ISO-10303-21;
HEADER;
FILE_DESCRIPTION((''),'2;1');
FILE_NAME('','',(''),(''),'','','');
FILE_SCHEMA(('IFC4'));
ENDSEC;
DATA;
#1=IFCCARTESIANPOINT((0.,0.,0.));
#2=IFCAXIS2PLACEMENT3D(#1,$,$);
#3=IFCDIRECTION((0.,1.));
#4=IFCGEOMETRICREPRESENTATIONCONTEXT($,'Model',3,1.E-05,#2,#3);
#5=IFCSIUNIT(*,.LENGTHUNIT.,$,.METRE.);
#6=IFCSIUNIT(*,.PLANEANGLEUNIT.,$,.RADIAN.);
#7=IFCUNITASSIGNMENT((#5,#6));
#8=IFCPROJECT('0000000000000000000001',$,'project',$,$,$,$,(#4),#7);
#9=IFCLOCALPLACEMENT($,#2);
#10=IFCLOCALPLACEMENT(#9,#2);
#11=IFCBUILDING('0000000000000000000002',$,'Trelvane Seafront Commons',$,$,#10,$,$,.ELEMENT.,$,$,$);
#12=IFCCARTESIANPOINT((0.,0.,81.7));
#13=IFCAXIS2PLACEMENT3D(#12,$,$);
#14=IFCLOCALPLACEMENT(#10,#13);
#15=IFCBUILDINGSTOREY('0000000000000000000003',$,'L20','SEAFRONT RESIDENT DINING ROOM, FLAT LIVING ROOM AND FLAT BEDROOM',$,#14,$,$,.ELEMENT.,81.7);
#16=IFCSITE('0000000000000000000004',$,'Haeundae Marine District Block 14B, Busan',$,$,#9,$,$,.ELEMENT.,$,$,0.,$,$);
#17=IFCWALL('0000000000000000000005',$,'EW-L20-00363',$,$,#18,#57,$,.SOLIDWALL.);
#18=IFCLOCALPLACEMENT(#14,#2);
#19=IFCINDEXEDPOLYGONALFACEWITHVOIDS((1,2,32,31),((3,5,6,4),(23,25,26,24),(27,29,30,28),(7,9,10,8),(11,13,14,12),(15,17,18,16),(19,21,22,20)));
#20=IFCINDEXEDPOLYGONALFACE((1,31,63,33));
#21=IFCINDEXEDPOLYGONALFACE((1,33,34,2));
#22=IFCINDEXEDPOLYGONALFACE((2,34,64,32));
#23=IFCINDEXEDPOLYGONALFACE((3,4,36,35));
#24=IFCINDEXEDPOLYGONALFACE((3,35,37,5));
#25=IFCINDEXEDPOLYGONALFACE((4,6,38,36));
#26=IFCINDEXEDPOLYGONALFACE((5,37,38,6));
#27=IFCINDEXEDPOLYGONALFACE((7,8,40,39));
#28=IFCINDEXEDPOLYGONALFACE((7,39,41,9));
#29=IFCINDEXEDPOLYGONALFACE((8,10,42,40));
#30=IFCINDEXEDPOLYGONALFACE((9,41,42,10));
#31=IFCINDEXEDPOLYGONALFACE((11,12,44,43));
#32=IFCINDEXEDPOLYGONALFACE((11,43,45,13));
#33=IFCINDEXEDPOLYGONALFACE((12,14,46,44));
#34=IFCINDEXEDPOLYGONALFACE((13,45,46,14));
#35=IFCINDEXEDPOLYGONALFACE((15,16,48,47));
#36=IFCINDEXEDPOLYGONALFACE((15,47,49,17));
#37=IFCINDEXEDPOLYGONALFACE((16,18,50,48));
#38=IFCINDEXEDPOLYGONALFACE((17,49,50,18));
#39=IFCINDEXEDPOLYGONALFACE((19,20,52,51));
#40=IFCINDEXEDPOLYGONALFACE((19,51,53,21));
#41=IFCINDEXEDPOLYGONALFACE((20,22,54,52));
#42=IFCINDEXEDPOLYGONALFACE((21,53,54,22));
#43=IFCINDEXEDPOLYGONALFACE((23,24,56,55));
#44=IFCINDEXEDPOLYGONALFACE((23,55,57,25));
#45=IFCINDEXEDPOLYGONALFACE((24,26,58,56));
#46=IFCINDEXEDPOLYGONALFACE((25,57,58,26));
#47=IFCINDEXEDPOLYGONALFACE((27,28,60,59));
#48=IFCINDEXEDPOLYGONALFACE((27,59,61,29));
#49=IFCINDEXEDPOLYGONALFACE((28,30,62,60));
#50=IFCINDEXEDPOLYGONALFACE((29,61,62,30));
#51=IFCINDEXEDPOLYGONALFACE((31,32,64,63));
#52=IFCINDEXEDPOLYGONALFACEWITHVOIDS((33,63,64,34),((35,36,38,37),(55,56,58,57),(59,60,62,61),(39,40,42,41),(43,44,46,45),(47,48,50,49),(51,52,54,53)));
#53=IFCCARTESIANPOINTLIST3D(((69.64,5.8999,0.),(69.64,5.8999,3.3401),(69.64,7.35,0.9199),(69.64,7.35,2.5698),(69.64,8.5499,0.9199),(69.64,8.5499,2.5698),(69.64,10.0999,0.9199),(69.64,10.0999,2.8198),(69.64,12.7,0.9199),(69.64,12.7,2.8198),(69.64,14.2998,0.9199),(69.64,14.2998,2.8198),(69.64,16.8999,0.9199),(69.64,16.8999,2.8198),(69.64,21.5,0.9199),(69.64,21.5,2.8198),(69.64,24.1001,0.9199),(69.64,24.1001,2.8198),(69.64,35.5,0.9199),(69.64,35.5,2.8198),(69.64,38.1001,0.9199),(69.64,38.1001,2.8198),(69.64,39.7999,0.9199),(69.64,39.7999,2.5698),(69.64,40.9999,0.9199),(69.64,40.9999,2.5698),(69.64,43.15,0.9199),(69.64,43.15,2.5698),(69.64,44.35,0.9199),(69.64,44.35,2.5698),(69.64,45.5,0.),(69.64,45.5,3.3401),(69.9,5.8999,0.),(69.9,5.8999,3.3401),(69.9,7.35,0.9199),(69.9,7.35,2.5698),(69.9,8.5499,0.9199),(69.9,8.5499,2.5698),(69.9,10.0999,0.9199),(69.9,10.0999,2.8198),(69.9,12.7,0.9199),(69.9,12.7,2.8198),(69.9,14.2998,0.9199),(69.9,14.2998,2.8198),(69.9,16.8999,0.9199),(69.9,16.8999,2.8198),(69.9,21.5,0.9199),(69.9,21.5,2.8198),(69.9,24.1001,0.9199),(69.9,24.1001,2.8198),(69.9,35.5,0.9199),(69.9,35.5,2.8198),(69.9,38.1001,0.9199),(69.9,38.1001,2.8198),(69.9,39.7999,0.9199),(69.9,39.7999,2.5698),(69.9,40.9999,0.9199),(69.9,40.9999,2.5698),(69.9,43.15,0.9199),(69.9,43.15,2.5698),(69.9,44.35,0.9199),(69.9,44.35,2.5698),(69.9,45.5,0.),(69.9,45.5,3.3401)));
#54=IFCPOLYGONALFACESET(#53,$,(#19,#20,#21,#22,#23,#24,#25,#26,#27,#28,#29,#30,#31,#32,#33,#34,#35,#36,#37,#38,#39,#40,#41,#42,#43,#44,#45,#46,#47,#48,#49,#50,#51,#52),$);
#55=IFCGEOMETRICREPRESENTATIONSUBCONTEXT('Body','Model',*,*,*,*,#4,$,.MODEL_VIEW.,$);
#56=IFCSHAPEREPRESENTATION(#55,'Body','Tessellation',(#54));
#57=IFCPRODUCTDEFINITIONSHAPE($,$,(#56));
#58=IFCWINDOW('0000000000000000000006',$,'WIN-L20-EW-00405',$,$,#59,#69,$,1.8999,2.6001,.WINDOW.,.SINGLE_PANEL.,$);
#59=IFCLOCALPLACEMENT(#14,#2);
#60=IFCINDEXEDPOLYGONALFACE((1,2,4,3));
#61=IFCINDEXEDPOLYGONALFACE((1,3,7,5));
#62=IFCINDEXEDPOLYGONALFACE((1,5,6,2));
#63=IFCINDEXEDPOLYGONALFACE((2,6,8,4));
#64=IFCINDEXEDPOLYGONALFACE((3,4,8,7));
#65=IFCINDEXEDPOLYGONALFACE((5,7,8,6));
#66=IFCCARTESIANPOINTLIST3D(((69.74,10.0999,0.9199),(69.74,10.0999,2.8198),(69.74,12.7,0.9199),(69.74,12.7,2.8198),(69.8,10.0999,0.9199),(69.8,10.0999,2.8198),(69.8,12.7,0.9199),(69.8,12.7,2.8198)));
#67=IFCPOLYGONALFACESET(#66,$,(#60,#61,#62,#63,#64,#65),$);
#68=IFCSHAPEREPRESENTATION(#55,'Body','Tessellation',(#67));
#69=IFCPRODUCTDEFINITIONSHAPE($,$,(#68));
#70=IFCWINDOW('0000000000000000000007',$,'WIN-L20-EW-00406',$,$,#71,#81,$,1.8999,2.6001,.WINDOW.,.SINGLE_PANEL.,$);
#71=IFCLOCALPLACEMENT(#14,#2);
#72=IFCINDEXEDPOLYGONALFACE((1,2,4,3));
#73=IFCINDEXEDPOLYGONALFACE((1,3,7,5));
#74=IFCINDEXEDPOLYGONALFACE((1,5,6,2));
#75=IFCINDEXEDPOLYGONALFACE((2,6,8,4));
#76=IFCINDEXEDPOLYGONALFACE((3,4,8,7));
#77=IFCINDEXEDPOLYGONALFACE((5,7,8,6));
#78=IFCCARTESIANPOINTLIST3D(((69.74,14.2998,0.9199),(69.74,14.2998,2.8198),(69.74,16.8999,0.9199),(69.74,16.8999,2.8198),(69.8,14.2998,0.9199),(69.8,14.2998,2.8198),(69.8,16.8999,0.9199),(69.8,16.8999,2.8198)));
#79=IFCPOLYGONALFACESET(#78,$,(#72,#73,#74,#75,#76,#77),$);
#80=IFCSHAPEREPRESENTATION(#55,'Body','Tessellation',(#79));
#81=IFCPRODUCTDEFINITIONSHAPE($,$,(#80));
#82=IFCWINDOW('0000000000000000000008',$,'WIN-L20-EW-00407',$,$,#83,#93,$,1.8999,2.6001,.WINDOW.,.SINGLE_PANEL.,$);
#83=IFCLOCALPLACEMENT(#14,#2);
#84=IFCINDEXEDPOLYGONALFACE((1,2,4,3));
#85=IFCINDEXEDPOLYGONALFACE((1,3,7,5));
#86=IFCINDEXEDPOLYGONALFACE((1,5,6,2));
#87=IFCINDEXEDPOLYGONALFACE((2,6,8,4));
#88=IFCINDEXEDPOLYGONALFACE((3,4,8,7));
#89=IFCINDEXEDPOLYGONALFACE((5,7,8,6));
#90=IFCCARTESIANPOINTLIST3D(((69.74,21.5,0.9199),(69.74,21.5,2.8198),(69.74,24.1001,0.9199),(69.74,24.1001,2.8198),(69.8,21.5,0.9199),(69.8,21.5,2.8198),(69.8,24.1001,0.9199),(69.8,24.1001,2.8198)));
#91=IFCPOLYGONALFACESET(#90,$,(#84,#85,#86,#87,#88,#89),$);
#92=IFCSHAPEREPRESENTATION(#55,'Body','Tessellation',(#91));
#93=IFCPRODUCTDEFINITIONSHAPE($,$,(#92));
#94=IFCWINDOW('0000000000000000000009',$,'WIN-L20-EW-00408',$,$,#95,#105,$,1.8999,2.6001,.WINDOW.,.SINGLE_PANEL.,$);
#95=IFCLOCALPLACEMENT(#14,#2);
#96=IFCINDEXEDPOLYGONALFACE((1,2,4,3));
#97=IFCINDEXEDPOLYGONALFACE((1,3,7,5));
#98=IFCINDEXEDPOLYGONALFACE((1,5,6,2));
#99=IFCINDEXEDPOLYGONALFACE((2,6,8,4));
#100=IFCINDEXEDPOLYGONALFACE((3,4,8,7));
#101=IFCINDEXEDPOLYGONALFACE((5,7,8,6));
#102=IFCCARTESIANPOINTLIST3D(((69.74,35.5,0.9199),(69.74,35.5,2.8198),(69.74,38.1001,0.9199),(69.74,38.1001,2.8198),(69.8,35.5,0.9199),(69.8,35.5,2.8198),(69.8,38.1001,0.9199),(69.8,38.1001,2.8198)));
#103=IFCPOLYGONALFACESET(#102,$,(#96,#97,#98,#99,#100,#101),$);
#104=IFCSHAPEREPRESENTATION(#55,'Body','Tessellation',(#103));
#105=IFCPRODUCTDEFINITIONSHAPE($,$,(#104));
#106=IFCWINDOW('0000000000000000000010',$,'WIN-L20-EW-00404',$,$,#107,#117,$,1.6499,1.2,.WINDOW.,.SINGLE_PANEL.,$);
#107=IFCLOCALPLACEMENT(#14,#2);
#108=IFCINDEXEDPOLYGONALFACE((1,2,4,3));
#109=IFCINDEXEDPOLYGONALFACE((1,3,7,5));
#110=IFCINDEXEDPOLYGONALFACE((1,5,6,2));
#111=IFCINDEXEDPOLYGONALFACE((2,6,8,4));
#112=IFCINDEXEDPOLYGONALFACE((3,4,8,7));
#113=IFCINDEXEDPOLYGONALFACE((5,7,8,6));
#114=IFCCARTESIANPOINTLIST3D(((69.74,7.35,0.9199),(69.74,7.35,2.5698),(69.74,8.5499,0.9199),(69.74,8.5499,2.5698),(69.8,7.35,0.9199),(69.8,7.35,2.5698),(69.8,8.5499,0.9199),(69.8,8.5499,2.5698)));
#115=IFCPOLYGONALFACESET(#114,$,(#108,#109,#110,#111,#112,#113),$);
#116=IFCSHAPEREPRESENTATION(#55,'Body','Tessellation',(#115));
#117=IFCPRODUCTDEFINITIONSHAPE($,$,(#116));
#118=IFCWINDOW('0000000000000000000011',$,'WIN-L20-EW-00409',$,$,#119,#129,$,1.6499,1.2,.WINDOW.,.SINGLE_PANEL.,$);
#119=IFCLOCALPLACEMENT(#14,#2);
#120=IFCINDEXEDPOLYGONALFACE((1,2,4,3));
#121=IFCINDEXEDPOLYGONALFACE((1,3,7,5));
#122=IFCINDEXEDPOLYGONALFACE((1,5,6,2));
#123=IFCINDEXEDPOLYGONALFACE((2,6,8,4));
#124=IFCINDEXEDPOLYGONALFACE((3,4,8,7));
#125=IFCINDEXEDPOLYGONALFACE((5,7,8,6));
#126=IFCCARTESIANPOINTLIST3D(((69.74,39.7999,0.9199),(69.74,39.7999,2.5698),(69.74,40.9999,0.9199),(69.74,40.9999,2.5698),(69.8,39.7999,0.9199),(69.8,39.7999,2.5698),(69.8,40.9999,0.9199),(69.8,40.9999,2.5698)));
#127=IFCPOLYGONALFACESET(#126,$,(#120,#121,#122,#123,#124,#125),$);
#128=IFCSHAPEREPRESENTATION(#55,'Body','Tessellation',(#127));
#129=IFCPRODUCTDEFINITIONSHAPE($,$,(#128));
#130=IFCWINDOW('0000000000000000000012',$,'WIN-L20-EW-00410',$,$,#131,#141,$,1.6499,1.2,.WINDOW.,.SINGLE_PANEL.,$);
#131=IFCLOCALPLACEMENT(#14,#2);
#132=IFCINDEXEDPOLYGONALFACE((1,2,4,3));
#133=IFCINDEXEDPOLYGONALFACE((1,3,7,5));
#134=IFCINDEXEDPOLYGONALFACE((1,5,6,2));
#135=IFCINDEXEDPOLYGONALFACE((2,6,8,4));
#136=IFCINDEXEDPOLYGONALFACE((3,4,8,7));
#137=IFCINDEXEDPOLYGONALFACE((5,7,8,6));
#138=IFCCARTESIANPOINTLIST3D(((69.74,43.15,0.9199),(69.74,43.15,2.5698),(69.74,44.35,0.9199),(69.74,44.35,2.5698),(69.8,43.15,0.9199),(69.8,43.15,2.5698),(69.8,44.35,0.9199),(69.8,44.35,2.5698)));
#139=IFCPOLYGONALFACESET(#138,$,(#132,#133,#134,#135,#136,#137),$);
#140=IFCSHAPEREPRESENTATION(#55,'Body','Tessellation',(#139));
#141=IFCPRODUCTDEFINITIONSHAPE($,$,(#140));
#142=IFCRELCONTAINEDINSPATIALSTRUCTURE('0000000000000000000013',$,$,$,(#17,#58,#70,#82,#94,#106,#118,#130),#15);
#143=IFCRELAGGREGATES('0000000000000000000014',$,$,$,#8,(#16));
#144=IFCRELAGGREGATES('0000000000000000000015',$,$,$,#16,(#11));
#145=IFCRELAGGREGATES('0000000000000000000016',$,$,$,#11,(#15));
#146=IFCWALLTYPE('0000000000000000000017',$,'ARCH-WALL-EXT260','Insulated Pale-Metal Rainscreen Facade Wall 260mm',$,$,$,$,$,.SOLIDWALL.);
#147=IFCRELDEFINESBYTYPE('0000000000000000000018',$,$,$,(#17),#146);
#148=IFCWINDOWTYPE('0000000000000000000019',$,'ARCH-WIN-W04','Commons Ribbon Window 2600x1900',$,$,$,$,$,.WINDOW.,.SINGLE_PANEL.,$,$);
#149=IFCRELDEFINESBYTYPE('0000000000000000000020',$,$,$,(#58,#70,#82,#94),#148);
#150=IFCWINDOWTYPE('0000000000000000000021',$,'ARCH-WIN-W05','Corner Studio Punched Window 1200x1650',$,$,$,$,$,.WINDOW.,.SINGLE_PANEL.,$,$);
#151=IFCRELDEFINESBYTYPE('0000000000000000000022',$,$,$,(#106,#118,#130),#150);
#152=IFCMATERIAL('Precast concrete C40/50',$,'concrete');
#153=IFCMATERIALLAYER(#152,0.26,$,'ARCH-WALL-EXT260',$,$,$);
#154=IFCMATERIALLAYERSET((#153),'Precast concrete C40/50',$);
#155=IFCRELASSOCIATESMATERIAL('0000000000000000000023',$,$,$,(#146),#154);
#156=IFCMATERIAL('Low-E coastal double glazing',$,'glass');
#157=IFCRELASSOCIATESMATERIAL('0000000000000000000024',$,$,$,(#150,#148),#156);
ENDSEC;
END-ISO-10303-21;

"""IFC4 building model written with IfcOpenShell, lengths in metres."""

from ifc_helpers import new_model, si_unit, direction, frame, frame_2d, origin, place, context, subcontext, project, spatial, rectangle, extrude, source, transform, mapped, material, layer, layer_set, type_object, element, fill, save


model = new_model("IFC4")

# Units and contexts
model_context = context("Model", 3, precision=1e-05, world=origin(), true_north=direction((0.0, 1.0)))
body_context = subcontext(model_context, "Body", "Model", "MODEL_VIEW")
ifc_project = project(units=[si_unit("LENGTHUNIT", "METRE"), si_unit("PLANEANGLEUNIT", "RADIAN")], contexts=[model_context])

# Site, building, storey
site_placement = place(None, origin())
site = spatial("IfcSite", under=ifc_project, at=site_placement, Name="Haeundae Marine District Block 14B, Busan", CompositionType="ELEMENT", RefElevation=0.0)
building_placement = place(site_placement, origin())
building = spatial("IfcBuilding", under=site, at=building_placement, Name="Trelvane Seafront Commons", CompositionType="ELEMENT")
storey_placement = place(building_placement, frame((0.0, 0.0, 81.7)))
storey = spatial("IfcBuildingStorey", under=building, at=storey_placement, Name="L20", Description="SEAFRONT RESIDENT DINING ROOM, FLAT LIVING ROOM AND FLAT BEDROOM", CompositionType="ELEMENT", Elevation=81.7)

# Shared definitions
ifc_material_1 = material(Name="Precast concrete C40/50", Category="concrete")
ifc_layer_1 = layer(ifc_material_1, 0.26, Name="ARCH-WALL-EXT260")
ifc_layer_set_1 = layer_set([ifc_layer_1], Name="Precast concrete C40/50")
wall_type_1 = type_object("IfcWallType", Name="ARCH-WALL-EXT260", Description="Insulated Pale-Metal Rainscreen Facade Wall 260mm", PredefinedType="SOLIDWALL", material=ifc_layer_set_1)
ifc_material_2 = material(Name="Low-E coastal double glazing", Category="glass")
window_type_1 = type_object("IfcWindowType", Name="ARCH-WIN-W05", Description="Corner Studio Punched Window 1200x1650", PartitioningType="SINGLE_PANEL", PredefinedType="WINDOW", material=ifc_material_2)
shared_shape_1 = source(origin(), body_context, "Body", "SweptSolid", [
    extrude(rectangle(XDim=1.2, YDim=1.6499, at=frame_2d((0.6001, 0.825))), frame((0.0, 0.03, 0.0), z_axis=(0.0, -1.0, 0.0), x_axis=(1.0, 0.0, 0.0)), (0.0, 0.0, 1.0), 0.0601),
])

# Wall, openings, windows
wall_1_placement = place(storey_placement, frame((69.77, 45.5, 0.0), z_axis=(0.0, 0.0, 1.0), x_axis=(0.0, -1.0, 0.0)))
wall_1 = element("IfcWall", 1, at=wall_1_placement, inside=storey, type_object=wall_type_1, Name="EW-L20-00363", PredefinedType="SOLIDWALL", context=body_context, shape_type="SweptSolid", body=[
    extrude(rectangle(XDim=39.6001, YDim=0.26, at=frame_2d((19.8, 0.0))), origin(), (0.0, 0.0, 1.0), 3.3401),
])
opening_1_placement = place(wall_1_placement, frame((36.95, 0.0, 0.9199)))
opening_1 = element("IfcOpeningElement", 2, at=opening_1_placement, cuts=wall_1, PredefinedType="OPENING", context=body_context, shape_type="SweptSolid", body=[
    extrude(rectangle(XDim=1.2, YDim=1.6499, at=frame_2d((0.6001, 0.825))), frame((0.0, 0.1399, 0.0), z_axis=(0.0, -1.0, 0.0), x_axis=(1.0, 0.0, 0.0)), (0.0, 0.0, 1.0), 0.28),
])
opening_2_placement = place(wall_1_placement, frame((32.8, 0.0, 0.9199)))
opening_2 = element("IfcOpeningElement", 3, at=opening_2_placement, cuts=wall_1, PredefinedType="OPENING", context=body_context, shape_type="SweptSolid", body=[
    extrude(rectangle(XDim=2.6001, YDim=1.8999, at=frame_2d((1.3, 0.95))), frame((0.0, 0.1399, 0.0), z_axis=(0.0, -1.0, 0.0), x_axis=(1.0, 0.0, 0.0)), (0.0, 0.0, 1.0), 0.28),
])
opening_3_placement = place(wall_1_placement, frame((28.6001, 0.0, 0.9199)))
opening_3 = element("IfcOpeningElement", 4, at=opening_3_placement, cuts=wall_1, PredefinedType="OPENING", context=body_context, shape_type="SweptSolid", body=[
    extrude(rectangle(XDim=2.6001, YDim=1.8999, at=frame_2d((1.3, 0.95))), frame((0.0, 0.1399, 0.0), z_axis=(0.0, -1.0, 0.0), x_axis=(1.0, 0.0, 0.0)), (0.0, 0.0, 1.0), 0.28),
])
opening_4_placement = place(wall_1_placement, frame((21.3999, 0.0, 0.9199)))
opening_4 = element("IfcOpeningElement", 5, at=opening_4_placement, cuts=wall_1, PredefinedType="OPENING", context=body_context, shape_type="SweptSolid", body=[
    extrude(rectangle(XDim=2.6001, YDim=1.8999, at=frame_2d((1.3, 0.95))), frame((0.0, 0.1399, 0.0), z_axis=(0.0, -1.0, 0.0), x_axis=(1.0, 0.0, 0.0)), (0.0, 0.0, 1.0), 0.28),
])
opening_5_placement = place(wall_1_placement, frame((7.3999, 0.0, 0.9199)))
opening_5 = element("IfcOpeningElement", 6, at=opening_5_placement, cuts=wall_1, PredefinedType="OPENING", context=body_context, shape_type="SweptSolid", body=[
    extrude(rectangle(XDim=2.6001, YDim=1.8999, at=frame_2d((1.3, 0.95))), frame((0.0, 0.1399, 0.0), z_axis=(0.0, -1.0, 0.0), x_axis=(1.0, 0.0, 0.0)), (0.0, 0.0, 1.0), 0.28),
])
opening_6_placement = place(wall_1_placement, frame((4.5, 0.0, 0.9199)))
opening_6 = element("IfcOpeningElement", 7, at=opening_6_placement, cuts=wall_1, PredefinedType="OPENING", context=body_context, shape_type="SweptSolid", body=[
    extrude(rectangle(XDim=1.2, YDim=1.6499, at=frame_2d((0.6001, 0.825))), frame((0.0, 0.1399, 0.0), z_axis=(0.0, -1.0, 0.0), x_axis=(1.0, 0.0, 0.0)), (0.0, 0.0, 1.0), 0.28),
])
opening_7_placement = place(wall_1_placement, frame((1.1499, 0.0, 0.9199)))
opening_7 = element("IfcOpeningElement", 8, at=opening_7_placement, cuts=wall_1, PredefinedType="OPENING", context=body_context, shape_type="SweptSolid", body=[
    extrude(rectangle(XDim=1.2, YDim=1.6499, at=frame_2d((0.6001, 0.825))), frame((0.0, 0.1399, 0.0), z_axis=(0.0, -1.0, 0.0), x_axis=(1.0, 0.0, 0.0)), (0.0, 0.0, 1.0), 0.28),
])
window_type_2 = type_object("IfcWindowType", Name="ARCH-WIN-W04", Description="Commons Ribbon Window 2600x1900", PartitioningType="SINGLE_PANEL", PredefinedType="WINDOW", material=ifc_material_2)
shared_shape_2 = source(origin(), body_context, "Body", "SweptSolid", [
    extrude(rectangle(XDim=2.6001, YDim=1.8999, at=frame_2d((1.3, 0.95))), frame((0.0, 0.03, 0.0), z_axis=(0.0, -1.0, 0.0), x_axis=(1.0, 0.0, 0.0)), (0.0, 0.0, 1.0), 0.0601),
])
window_1_placement = place(opening_2_placement, origin())
window_1 = element("IfcWindow", 9, at=window_1_placement, inside=storey, type_object=window_type_2, Name="WIN-L20-EW-00405", OverallHeight=1.8999, OverallWidth=2.6001, PartitioningType="SINGLE_PANEL", PredefinedType="WINDOW", context=body_context, shape_type="MappedRepresentation", body=[
    mapped(shared_shape_2, transform((0.0, 0.0, 0.0), x_axis=(1.0, 0.0, 0.0), y_axis=(0.0, 1.0, 0.0), z_axis=(0.0, 0.0, 1.0), scale=1.0)),
])
fill(opening_2, window_1)
window_2_placement = place(opening_3_placement, origin())
window_2 = element("IfcWindow", 10, at=window_2_placement, inside=storey, type_object=window_type_2, Name="WIN-L20-EW-00406", OverallHeight=1.8999, OverallWidth=2.6001, PartitioningType="SINGLE_PANEL", PredefinedType="WINDOW", context=body_context, shape_type="MappedRepresentation", body=[
    mapped(shared_shape_2, transform((0.0, 0.0, 0.0), x_axis=(1.0, 0.0, 0.0), y_axis=(0.0, 1.0, 0.0), z_axis=(0.0, 0.0, 1.0), scale=1.0)),
])
fill(opening_3, window_2)
window_3_placement = place(opening_4_placement, origin())
window_3 = element("IfcWindow", 11, at=window_3_placement, inside=storey, type_object=window_type_2, Name="WIN-L20-EW-00407", OverallHeight=1.8999, OverallWidth=2.6001, PartitioningType="SINGLE_PANEL", PredefinedType="WINDOW", context=body_context, shape_type="MappedRepresentation", body=[
    mapped(shared_shape_2, transform((0.0, 0.0, 0.0), x_axis=(1.0, 0.0, 0.0), y_axis=(0.0, 1.0, 0.0), z_axis=(0.0, 0.0, 1.0), scale=1.0)),
])
fill(opening_4, window_3)
window_4_placement = place(opening_5_placement, origin())
window_4 = element("IfcWindow", 12, at=window_4_placement, inside=storey, type_object=window_type_2, Name="WIN-L20-EW-00408", OverallHeight=1.8999, OverallWidth=2.6001, PartitioningType="SINGLE_PANEL", PredefinedType="WINDOW", context=body_context, shape_type="MappedRepresentation", body=[
    mapped(shared_shape_2, transform((0.0, 0.0, 0.0), x_axis=(1.0, 0.0, 0.0), y_axis=(0.0, 1.0, 0.0), z_axis=(0.0, 0.0, 1.0), scale=1.0)),
])
fill(opening_5, window_4)
window_5_placement = place(opening_1_placement, origin())
window_5 = element("IfcWindow", 13, at=window_5_placement, inside=storey, type_object=window_type_1, Name="WIN-L20-EW-00404", OverallHeight=1.6499, OverallWidth=1.2, PartitioningType="SINGLE_PANEL", PredefinedType="WINDOW", context=body_context, shape_type="MappedRepresentation", body=[
    mapped(shared_shape_1, transform((0.0, 0.0, 0.0), x_axis=(1.0, 0.0, 0.0), y_axis=(0.0, 1.0, 0.0), z_axis=(0.0, 0.0, 1.0), scale=1.0)),
])
fill(opening_1, window_5)
window_6_placement = place(opening_6_placement, origin())
window_6 = element("IfcWindow", 14, at=window_6_placement, inside=storey, type_object=window_type_1, Name="WIN-L20-EW-00409", OverallHeight=1.6499, OverallWidth=1.2, PartitioningType="SINGLE_PANEL", PredefinedType="WINDOW", context=body_context, shape_type="MappedRepresentation", body=[
    mapped(shared_shape_1, transform((0.0, 0.0, 0.0), x_axis=(1.0, 0.0, 0.0), y_axis=(0.0, 1.0, 0.0), z_axis=(0.0, 0.0, 1.0), scale=1.0)),
])
fill(opening_6, window_6)
window_7_placement = place(opening_7_placement, origin())
window_7 = element("IfcWindow", 15, at=window_7_placement, inside=storey, type_object=window_type_1, Name="WIN-L20-EW-00410", OverallHeight=1.6499, OverallWidth=1.2, PartitioningType="SINGLE_PANEL", PredefinedType="WINDOW", context=body_context, shape_type="MappedRepresentation", body=[
    mapped(shared_shape_1, transform((0.0, 0.0, 0.0), x_axis=(1.0, 0.0, 0.0), y_axis=(0.0, 1.0, 0.0), z_axis=(0.0, 0.0, 1.0), scale=1.0)),
])
fill(opening_7, window_7)

save(model, "model.ifc")
